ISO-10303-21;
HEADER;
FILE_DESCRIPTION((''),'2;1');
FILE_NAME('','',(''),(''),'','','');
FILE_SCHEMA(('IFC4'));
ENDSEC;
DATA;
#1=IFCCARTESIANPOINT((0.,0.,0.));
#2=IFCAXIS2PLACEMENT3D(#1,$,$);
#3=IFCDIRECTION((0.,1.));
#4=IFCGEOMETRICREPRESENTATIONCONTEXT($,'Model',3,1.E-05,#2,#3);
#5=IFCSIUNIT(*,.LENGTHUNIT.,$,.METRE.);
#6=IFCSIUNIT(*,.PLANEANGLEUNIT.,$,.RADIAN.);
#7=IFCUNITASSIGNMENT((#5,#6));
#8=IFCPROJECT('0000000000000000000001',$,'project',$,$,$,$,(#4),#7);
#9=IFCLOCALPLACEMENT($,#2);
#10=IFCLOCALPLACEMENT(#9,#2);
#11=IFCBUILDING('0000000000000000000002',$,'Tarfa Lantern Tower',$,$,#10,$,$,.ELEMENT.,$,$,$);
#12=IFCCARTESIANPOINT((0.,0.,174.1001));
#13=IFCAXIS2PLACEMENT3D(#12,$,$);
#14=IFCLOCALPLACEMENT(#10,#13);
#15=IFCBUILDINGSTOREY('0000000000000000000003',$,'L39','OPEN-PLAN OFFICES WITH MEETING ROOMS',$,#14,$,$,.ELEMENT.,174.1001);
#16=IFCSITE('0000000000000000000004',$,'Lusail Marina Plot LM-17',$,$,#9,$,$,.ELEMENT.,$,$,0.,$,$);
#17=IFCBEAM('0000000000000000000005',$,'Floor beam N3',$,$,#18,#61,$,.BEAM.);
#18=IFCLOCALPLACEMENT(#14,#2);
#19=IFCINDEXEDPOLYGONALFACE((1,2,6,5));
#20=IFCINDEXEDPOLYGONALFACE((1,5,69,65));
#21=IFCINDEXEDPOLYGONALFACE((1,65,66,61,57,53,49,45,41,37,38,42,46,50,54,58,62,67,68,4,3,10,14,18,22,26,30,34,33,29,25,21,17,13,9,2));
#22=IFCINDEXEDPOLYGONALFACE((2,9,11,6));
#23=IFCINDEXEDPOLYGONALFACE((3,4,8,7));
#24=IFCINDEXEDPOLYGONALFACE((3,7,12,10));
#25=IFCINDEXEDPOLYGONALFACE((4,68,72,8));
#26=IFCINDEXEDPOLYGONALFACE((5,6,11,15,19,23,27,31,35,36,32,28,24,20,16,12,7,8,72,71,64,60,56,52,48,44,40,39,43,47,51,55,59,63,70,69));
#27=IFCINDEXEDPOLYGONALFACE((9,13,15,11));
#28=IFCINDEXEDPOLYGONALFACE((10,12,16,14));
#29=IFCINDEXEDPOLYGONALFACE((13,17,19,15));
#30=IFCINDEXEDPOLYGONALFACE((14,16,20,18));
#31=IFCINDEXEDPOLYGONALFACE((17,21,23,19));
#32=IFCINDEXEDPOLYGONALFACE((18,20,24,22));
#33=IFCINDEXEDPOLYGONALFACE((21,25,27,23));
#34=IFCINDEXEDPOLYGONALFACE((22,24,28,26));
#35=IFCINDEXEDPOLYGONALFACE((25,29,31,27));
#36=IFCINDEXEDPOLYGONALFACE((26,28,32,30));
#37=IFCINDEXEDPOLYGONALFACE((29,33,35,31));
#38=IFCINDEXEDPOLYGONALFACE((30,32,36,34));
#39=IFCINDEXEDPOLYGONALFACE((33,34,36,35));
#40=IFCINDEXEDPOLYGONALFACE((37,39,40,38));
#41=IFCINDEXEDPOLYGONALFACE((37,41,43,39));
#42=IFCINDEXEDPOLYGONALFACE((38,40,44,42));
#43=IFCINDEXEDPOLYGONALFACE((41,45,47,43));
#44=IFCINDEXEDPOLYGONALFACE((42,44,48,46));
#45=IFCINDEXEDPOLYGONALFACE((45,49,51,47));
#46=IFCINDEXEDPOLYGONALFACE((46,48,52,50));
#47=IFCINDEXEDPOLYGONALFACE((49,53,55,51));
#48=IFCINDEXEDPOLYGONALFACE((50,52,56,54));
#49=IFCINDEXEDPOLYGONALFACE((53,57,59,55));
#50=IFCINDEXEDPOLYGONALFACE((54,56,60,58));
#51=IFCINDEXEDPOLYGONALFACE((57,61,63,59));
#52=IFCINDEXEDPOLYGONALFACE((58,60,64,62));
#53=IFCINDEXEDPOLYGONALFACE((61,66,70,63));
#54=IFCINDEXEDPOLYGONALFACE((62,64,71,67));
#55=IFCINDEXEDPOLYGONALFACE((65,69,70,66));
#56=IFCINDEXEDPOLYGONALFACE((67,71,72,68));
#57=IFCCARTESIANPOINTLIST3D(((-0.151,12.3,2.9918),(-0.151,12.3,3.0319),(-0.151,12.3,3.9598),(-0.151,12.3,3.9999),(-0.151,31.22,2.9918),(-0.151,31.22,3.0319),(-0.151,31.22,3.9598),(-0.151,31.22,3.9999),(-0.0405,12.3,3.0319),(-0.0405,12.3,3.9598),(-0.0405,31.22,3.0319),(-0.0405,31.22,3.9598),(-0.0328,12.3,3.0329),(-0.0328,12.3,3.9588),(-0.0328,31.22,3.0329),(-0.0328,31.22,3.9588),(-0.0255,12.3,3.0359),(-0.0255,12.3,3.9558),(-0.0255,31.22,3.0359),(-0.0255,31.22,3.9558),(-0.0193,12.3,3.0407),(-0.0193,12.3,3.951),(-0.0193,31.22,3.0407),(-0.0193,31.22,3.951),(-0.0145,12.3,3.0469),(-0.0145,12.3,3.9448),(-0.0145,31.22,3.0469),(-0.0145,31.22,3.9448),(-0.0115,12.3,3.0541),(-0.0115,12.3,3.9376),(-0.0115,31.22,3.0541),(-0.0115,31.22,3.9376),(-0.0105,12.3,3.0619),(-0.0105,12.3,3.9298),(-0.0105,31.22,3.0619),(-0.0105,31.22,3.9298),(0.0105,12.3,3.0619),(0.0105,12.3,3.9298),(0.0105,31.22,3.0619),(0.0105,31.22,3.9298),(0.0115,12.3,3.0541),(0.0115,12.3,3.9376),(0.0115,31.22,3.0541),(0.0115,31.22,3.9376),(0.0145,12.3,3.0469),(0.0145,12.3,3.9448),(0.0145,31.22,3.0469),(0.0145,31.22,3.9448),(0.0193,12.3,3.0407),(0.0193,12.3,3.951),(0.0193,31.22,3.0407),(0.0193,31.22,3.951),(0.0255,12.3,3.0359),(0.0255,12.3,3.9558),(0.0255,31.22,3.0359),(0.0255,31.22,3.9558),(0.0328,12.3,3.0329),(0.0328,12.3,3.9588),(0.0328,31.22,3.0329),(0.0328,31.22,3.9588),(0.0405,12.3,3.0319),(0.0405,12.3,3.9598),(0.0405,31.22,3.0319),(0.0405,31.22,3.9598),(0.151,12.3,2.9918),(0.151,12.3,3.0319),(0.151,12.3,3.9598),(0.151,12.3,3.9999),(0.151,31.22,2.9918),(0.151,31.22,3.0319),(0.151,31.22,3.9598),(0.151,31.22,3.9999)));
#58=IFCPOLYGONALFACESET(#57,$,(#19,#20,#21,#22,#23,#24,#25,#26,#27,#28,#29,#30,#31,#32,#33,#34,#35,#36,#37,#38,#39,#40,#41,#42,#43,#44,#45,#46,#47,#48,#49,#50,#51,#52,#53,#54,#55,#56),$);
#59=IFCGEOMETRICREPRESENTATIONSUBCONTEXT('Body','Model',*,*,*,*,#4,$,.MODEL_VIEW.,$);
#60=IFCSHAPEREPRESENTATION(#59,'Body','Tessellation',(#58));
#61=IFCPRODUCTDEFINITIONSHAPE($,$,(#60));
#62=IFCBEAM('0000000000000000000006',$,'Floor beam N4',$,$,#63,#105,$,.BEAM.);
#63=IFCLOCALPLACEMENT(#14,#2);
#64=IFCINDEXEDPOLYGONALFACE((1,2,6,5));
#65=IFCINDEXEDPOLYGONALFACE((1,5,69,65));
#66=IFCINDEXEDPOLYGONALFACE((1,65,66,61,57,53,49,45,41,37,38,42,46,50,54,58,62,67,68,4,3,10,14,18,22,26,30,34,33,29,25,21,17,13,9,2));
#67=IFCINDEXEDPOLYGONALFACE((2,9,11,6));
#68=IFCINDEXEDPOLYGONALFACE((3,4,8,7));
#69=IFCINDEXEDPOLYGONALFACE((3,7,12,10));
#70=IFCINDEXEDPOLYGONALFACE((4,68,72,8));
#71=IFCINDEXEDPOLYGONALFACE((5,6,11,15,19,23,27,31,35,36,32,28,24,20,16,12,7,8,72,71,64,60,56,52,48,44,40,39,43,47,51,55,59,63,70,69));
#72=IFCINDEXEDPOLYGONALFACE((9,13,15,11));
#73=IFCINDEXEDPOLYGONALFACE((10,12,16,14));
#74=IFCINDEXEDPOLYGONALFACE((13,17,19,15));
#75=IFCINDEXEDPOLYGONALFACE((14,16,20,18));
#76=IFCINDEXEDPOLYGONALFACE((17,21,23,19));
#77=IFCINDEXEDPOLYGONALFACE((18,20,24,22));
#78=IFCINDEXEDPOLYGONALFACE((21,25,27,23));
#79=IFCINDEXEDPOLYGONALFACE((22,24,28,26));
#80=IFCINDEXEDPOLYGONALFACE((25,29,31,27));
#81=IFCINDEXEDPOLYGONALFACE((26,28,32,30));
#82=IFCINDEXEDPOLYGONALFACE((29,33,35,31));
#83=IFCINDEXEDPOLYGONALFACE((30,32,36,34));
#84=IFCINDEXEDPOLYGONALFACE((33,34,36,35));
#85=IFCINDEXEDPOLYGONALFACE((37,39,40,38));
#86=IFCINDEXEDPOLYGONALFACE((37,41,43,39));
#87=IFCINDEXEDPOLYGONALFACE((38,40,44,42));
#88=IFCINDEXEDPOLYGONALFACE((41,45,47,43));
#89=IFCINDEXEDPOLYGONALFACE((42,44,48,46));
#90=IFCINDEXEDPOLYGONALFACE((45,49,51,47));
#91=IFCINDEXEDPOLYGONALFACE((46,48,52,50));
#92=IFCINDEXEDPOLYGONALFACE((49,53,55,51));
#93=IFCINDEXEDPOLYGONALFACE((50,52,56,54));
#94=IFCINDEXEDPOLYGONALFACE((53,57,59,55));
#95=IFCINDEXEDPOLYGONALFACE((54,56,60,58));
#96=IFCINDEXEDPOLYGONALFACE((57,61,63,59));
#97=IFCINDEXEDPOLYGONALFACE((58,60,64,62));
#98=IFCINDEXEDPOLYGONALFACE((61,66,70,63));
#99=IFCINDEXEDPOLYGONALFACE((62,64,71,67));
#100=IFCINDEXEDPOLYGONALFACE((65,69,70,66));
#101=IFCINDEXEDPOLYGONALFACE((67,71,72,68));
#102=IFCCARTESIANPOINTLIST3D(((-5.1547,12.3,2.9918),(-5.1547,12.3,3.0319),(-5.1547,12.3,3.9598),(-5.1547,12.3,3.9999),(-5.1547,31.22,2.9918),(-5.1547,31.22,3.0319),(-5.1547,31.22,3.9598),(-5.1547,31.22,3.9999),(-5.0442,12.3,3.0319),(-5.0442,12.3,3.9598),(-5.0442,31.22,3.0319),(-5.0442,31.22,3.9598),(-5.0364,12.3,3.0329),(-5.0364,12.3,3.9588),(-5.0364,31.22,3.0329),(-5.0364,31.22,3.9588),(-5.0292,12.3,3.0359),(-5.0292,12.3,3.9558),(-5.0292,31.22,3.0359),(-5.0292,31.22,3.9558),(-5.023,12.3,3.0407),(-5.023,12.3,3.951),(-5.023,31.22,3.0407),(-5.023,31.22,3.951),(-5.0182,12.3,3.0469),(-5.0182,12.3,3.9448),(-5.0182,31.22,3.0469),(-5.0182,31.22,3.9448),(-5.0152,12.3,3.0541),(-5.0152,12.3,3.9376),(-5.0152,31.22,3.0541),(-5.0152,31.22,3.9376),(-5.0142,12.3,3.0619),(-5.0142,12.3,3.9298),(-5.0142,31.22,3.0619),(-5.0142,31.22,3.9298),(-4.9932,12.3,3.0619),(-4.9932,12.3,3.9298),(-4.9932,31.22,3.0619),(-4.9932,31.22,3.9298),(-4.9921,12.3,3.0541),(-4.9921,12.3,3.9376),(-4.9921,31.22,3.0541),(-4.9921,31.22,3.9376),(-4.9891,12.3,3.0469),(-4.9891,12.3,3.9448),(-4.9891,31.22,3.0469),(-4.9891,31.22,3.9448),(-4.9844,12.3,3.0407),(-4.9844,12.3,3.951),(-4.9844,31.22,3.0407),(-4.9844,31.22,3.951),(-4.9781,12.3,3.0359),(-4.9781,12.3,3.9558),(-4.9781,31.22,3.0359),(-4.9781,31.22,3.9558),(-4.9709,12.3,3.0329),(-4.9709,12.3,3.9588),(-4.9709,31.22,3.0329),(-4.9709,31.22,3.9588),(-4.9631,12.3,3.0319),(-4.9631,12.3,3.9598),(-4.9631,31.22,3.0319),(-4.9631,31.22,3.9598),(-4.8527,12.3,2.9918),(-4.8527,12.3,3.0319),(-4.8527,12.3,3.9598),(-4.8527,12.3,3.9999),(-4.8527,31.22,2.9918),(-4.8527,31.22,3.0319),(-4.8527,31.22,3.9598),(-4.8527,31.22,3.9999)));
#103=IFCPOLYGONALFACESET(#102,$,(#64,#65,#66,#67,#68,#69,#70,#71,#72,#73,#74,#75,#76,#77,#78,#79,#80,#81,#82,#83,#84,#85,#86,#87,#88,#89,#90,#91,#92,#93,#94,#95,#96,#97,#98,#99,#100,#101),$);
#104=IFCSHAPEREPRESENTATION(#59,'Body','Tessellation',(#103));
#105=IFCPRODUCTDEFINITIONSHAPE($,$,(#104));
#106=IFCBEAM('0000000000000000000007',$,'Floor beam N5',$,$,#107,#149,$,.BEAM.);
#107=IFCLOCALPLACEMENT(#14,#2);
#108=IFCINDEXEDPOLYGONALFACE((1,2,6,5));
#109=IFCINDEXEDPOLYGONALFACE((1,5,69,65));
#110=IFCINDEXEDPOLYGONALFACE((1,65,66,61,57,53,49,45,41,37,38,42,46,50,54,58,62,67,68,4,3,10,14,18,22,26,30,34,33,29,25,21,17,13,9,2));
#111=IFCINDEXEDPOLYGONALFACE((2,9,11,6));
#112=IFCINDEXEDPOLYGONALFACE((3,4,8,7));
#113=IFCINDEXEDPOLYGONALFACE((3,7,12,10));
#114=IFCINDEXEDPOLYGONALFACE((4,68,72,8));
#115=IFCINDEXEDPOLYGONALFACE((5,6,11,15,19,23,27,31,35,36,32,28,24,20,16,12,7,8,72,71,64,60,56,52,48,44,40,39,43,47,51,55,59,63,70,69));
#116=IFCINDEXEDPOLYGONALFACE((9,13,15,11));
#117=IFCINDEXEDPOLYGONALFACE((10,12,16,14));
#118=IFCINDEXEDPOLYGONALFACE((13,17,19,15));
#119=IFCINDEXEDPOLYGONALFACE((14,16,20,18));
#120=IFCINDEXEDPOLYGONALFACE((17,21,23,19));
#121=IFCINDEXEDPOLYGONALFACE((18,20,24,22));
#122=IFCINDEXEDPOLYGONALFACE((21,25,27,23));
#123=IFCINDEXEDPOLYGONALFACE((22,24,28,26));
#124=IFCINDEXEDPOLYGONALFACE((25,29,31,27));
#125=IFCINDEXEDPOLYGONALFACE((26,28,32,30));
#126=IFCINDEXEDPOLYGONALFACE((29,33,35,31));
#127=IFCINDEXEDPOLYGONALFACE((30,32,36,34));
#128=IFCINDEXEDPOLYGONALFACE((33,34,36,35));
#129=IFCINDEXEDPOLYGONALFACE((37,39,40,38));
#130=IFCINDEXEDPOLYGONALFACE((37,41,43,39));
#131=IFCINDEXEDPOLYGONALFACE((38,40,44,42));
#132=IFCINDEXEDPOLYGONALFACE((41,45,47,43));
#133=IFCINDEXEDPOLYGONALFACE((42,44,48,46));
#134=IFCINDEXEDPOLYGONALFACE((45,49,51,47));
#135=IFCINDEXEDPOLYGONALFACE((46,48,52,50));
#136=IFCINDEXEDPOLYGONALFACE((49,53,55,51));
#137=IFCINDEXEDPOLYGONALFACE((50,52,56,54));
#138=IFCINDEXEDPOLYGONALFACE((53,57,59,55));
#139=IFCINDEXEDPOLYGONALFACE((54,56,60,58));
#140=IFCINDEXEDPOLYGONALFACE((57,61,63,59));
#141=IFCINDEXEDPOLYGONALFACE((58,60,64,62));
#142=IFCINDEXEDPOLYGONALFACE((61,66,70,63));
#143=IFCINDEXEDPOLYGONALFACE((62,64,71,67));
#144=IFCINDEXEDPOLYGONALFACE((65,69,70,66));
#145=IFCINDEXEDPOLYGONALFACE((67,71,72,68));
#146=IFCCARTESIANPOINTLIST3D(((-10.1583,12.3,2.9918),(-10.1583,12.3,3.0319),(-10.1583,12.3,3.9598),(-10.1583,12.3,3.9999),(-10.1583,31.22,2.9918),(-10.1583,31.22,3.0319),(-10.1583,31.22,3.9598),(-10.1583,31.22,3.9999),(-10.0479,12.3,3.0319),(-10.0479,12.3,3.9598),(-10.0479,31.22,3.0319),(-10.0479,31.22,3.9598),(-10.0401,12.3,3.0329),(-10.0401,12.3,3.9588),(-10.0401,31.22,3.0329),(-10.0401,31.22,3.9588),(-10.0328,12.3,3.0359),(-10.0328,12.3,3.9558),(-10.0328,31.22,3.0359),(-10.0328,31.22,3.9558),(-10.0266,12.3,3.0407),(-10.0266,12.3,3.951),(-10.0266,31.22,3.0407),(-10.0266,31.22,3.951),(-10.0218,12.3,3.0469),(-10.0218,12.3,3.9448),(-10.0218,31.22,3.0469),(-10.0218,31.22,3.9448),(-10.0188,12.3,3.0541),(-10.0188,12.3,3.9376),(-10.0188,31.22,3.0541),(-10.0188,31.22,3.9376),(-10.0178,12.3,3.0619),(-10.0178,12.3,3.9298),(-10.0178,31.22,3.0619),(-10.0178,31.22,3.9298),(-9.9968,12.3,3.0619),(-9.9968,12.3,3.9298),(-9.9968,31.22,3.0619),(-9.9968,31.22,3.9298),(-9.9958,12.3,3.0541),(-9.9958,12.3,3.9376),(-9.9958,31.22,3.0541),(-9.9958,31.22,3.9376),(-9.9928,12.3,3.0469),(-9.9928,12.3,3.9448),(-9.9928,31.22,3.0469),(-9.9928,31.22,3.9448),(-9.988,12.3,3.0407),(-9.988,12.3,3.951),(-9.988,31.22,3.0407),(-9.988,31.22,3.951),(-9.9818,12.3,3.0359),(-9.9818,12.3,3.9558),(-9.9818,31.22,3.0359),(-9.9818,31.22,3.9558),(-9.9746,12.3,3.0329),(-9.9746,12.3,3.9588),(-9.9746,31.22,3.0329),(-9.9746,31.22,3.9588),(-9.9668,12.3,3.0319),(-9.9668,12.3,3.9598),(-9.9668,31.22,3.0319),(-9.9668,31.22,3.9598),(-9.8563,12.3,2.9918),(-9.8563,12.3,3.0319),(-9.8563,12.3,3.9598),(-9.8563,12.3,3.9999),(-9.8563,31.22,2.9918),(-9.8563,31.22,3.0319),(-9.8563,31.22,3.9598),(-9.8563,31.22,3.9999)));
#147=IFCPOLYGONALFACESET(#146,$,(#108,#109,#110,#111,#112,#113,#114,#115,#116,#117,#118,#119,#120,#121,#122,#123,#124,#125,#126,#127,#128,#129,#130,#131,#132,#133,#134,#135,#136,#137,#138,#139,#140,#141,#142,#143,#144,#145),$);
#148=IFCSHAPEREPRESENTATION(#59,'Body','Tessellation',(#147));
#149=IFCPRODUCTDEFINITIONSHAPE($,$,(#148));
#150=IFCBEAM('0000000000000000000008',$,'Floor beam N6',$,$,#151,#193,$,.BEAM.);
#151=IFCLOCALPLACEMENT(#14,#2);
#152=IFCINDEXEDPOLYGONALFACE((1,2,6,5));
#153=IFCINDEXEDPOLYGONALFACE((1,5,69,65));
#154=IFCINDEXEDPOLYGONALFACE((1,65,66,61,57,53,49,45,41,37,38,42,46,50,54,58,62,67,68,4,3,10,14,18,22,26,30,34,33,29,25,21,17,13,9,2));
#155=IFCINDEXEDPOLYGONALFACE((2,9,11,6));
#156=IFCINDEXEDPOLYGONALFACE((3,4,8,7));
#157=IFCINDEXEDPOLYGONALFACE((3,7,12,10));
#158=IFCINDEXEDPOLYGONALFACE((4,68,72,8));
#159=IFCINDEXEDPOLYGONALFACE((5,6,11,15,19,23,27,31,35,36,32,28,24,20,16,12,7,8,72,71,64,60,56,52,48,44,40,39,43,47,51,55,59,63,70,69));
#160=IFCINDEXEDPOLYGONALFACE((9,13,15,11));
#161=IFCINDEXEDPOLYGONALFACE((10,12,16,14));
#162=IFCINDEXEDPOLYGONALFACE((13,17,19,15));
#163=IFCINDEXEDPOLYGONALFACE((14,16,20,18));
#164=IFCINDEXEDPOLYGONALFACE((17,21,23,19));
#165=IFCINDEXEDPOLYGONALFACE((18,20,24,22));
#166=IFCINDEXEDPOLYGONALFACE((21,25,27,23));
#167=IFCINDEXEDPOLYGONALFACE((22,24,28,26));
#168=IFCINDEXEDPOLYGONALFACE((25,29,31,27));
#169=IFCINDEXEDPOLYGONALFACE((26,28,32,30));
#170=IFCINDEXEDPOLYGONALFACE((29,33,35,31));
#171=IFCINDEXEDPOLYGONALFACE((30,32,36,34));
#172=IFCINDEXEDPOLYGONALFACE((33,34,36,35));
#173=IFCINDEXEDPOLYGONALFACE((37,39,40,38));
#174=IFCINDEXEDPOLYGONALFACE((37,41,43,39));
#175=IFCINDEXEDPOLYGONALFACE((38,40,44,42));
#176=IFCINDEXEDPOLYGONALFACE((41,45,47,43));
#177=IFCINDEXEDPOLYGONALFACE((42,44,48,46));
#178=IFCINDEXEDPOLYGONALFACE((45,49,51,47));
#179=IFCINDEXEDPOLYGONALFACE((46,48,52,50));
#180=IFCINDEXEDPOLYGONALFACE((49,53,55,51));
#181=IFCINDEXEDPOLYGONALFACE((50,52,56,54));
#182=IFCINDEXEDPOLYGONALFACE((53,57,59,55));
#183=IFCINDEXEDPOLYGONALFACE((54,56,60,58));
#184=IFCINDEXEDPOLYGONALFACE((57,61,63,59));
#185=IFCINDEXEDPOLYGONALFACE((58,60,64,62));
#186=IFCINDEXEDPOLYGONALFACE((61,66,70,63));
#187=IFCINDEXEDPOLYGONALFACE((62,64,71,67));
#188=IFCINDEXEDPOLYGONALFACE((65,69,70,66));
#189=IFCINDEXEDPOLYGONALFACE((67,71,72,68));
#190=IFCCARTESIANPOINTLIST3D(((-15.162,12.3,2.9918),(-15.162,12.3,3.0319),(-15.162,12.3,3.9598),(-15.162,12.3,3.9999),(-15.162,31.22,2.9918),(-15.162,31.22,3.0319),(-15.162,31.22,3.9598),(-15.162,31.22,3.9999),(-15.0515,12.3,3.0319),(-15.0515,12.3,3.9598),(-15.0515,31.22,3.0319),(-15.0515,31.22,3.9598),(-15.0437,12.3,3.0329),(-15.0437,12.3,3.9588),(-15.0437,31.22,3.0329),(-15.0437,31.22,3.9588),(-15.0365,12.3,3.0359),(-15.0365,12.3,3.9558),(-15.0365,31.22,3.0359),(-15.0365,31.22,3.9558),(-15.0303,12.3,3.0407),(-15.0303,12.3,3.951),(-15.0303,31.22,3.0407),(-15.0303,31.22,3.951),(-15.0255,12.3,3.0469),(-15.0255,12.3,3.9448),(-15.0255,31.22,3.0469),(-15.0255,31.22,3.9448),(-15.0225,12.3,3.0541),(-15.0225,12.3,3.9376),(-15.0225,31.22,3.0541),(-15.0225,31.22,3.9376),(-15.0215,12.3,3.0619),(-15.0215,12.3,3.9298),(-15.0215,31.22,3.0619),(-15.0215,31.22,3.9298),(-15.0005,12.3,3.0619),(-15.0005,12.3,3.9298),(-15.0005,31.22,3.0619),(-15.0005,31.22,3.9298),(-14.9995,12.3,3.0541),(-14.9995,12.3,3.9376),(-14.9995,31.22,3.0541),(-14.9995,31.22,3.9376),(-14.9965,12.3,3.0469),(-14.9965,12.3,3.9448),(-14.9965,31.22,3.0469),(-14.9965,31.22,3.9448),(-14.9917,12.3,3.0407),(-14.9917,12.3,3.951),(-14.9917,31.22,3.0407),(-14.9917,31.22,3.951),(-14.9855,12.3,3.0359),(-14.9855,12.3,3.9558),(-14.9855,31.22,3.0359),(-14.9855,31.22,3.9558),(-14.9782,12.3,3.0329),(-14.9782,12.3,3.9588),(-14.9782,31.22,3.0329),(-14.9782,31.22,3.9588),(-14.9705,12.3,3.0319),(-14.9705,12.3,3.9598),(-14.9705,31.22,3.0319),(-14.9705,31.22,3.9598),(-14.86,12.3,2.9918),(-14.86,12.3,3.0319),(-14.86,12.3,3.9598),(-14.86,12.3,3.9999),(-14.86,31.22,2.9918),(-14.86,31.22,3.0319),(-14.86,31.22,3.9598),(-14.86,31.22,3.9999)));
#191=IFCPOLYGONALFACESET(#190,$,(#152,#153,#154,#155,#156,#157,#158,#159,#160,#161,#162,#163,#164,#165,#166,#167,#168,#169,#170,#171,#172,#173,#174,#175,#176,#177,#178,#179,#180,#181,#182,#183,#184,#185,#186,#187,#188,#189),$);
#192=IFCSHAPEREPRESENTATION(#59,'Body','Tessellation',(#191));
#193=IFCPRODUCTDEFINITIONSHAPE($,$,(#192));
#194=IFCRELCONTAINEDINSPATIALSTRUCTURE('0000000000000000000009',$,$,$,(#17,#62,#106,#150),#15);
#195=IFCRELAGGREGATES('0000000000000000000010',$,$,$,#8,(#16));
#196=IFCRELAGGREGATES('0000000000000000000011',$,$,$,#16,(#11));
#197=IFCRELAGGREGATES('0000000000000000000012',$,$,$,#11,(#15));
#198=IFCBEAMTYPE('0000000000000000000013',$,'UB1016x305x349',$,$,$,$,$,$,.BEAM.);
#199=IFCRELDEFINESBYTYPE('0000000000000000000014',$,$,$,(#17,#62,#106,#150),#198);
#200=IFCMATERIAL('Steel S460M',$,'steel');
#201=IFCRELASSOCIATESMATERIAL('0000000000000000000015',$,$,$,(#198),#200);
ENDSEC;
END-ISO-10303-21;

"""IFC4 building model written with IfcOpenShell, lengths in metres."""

from ifc_helpers import new_model, si_unit, direction, frame, origin, origin_2d, place, context, subcontext, project, spatial, i_section, extrude, material, material_profile, profile_set, type_object, element, save


model = new_model("IFC4")

# Units and contexts
model_context = context("Model", 3, precision=1e-05, world=origin(), true_north=direction((0.0, 1.0)))
body_context = subcontext(model_context, "Body", "Model", "MODEL_VIEW")
ifc_project = project(units=[si_unit("LENGTHUNIT", "METRE"), si_unit("PLANEANGLEUNIT", "RADIAN")], contexts=[model_context])

# Site, building, storey
site_placement = place(None, origin())
site = spatial("IfcSite", under=ifc_project, at=site_placement, Name="Lusail Marina Plot LM-17", CompositionType="ELEMENT", RefElevation=0.0)
building_placement = place(site_placement, origin())
building = spatial("IfcBuilding", under=site, at=building_placement, Name="Tarfa Lantern Tower", CompositionType="ELEMENT")
storey_placement = place(building_placement, frame((0.0, 0.0, 174.1001)))
storey = spatial("IfcBuildingStorey", under=building, at=storey_placement, Name="L39", Description="OPEN-PLAN OFFICES WITH MEETING ROOMS", CompositionType="ELEMENT", Elevation=174.1001)

# Beams
ifc_material_1 = material(Name="Steel S460M", Category="steel")
ifc_material_profile_1 = material_profile(ifc_material_1, i_section(OverallWidth=0.302, OverallDepth=1.0081, WebThickness=0.021, FlangeThickness=0.04, FilletRadius=0.03, at=origin_2d()), Name="UB1016x305x349")
ifc_profile_set_1 = profile_set([ifc_material_profile_1], Name="Steel S460M")
beam_type_1 = type_object("IfcBeamType", Name="UB1016x305x349", PredefinedType="BEAM", material=ifc_profile_set_1)
for number, where, z_axis, x_axis, name in (
    (1, (0.0, 31.22, 3.4958), (0.0, -1.0, 0.0), (1.0, 0.0, 0.0), "Floor beam N3"),
    (2, (-5.0037, 31.22, 3.4958), (0.0, -1.0, 0.0), (1.0, 0.0, 0.0), "Floor beam N4"),
    (3, (-10.0073, 31.22, 3.4958), (0.0, -1.0, 0.0), (1.0, 0.0, 0.0), "Floor beam N5"),
    (4, (-15.011, 31.22, 3.4958), (0.0, -1.0, 0.0), (1.0, 0.0, 0.0), "Floor beam N6"),
):
    element("IfcBeam", number, at=place(storey_placement, frame(where, z_axis=z_axis, x_axis=x_axis)), inside=storey, type_object=beam_type_1, Name=name, PredefinedType="BEAM", context=body_context, shape_type="SweptSolid", body=[
        extrude(i_section(OverallWidth=0.302, OverallDepth=1.0081, WebThickness=0.021, FlangeThickness=0.04, FilletRadius=0.03, at=origin_2d()), origin(), (0.0, 0.0, 1.0), 18.9199),
    ])

save(model, "model.ifc")
